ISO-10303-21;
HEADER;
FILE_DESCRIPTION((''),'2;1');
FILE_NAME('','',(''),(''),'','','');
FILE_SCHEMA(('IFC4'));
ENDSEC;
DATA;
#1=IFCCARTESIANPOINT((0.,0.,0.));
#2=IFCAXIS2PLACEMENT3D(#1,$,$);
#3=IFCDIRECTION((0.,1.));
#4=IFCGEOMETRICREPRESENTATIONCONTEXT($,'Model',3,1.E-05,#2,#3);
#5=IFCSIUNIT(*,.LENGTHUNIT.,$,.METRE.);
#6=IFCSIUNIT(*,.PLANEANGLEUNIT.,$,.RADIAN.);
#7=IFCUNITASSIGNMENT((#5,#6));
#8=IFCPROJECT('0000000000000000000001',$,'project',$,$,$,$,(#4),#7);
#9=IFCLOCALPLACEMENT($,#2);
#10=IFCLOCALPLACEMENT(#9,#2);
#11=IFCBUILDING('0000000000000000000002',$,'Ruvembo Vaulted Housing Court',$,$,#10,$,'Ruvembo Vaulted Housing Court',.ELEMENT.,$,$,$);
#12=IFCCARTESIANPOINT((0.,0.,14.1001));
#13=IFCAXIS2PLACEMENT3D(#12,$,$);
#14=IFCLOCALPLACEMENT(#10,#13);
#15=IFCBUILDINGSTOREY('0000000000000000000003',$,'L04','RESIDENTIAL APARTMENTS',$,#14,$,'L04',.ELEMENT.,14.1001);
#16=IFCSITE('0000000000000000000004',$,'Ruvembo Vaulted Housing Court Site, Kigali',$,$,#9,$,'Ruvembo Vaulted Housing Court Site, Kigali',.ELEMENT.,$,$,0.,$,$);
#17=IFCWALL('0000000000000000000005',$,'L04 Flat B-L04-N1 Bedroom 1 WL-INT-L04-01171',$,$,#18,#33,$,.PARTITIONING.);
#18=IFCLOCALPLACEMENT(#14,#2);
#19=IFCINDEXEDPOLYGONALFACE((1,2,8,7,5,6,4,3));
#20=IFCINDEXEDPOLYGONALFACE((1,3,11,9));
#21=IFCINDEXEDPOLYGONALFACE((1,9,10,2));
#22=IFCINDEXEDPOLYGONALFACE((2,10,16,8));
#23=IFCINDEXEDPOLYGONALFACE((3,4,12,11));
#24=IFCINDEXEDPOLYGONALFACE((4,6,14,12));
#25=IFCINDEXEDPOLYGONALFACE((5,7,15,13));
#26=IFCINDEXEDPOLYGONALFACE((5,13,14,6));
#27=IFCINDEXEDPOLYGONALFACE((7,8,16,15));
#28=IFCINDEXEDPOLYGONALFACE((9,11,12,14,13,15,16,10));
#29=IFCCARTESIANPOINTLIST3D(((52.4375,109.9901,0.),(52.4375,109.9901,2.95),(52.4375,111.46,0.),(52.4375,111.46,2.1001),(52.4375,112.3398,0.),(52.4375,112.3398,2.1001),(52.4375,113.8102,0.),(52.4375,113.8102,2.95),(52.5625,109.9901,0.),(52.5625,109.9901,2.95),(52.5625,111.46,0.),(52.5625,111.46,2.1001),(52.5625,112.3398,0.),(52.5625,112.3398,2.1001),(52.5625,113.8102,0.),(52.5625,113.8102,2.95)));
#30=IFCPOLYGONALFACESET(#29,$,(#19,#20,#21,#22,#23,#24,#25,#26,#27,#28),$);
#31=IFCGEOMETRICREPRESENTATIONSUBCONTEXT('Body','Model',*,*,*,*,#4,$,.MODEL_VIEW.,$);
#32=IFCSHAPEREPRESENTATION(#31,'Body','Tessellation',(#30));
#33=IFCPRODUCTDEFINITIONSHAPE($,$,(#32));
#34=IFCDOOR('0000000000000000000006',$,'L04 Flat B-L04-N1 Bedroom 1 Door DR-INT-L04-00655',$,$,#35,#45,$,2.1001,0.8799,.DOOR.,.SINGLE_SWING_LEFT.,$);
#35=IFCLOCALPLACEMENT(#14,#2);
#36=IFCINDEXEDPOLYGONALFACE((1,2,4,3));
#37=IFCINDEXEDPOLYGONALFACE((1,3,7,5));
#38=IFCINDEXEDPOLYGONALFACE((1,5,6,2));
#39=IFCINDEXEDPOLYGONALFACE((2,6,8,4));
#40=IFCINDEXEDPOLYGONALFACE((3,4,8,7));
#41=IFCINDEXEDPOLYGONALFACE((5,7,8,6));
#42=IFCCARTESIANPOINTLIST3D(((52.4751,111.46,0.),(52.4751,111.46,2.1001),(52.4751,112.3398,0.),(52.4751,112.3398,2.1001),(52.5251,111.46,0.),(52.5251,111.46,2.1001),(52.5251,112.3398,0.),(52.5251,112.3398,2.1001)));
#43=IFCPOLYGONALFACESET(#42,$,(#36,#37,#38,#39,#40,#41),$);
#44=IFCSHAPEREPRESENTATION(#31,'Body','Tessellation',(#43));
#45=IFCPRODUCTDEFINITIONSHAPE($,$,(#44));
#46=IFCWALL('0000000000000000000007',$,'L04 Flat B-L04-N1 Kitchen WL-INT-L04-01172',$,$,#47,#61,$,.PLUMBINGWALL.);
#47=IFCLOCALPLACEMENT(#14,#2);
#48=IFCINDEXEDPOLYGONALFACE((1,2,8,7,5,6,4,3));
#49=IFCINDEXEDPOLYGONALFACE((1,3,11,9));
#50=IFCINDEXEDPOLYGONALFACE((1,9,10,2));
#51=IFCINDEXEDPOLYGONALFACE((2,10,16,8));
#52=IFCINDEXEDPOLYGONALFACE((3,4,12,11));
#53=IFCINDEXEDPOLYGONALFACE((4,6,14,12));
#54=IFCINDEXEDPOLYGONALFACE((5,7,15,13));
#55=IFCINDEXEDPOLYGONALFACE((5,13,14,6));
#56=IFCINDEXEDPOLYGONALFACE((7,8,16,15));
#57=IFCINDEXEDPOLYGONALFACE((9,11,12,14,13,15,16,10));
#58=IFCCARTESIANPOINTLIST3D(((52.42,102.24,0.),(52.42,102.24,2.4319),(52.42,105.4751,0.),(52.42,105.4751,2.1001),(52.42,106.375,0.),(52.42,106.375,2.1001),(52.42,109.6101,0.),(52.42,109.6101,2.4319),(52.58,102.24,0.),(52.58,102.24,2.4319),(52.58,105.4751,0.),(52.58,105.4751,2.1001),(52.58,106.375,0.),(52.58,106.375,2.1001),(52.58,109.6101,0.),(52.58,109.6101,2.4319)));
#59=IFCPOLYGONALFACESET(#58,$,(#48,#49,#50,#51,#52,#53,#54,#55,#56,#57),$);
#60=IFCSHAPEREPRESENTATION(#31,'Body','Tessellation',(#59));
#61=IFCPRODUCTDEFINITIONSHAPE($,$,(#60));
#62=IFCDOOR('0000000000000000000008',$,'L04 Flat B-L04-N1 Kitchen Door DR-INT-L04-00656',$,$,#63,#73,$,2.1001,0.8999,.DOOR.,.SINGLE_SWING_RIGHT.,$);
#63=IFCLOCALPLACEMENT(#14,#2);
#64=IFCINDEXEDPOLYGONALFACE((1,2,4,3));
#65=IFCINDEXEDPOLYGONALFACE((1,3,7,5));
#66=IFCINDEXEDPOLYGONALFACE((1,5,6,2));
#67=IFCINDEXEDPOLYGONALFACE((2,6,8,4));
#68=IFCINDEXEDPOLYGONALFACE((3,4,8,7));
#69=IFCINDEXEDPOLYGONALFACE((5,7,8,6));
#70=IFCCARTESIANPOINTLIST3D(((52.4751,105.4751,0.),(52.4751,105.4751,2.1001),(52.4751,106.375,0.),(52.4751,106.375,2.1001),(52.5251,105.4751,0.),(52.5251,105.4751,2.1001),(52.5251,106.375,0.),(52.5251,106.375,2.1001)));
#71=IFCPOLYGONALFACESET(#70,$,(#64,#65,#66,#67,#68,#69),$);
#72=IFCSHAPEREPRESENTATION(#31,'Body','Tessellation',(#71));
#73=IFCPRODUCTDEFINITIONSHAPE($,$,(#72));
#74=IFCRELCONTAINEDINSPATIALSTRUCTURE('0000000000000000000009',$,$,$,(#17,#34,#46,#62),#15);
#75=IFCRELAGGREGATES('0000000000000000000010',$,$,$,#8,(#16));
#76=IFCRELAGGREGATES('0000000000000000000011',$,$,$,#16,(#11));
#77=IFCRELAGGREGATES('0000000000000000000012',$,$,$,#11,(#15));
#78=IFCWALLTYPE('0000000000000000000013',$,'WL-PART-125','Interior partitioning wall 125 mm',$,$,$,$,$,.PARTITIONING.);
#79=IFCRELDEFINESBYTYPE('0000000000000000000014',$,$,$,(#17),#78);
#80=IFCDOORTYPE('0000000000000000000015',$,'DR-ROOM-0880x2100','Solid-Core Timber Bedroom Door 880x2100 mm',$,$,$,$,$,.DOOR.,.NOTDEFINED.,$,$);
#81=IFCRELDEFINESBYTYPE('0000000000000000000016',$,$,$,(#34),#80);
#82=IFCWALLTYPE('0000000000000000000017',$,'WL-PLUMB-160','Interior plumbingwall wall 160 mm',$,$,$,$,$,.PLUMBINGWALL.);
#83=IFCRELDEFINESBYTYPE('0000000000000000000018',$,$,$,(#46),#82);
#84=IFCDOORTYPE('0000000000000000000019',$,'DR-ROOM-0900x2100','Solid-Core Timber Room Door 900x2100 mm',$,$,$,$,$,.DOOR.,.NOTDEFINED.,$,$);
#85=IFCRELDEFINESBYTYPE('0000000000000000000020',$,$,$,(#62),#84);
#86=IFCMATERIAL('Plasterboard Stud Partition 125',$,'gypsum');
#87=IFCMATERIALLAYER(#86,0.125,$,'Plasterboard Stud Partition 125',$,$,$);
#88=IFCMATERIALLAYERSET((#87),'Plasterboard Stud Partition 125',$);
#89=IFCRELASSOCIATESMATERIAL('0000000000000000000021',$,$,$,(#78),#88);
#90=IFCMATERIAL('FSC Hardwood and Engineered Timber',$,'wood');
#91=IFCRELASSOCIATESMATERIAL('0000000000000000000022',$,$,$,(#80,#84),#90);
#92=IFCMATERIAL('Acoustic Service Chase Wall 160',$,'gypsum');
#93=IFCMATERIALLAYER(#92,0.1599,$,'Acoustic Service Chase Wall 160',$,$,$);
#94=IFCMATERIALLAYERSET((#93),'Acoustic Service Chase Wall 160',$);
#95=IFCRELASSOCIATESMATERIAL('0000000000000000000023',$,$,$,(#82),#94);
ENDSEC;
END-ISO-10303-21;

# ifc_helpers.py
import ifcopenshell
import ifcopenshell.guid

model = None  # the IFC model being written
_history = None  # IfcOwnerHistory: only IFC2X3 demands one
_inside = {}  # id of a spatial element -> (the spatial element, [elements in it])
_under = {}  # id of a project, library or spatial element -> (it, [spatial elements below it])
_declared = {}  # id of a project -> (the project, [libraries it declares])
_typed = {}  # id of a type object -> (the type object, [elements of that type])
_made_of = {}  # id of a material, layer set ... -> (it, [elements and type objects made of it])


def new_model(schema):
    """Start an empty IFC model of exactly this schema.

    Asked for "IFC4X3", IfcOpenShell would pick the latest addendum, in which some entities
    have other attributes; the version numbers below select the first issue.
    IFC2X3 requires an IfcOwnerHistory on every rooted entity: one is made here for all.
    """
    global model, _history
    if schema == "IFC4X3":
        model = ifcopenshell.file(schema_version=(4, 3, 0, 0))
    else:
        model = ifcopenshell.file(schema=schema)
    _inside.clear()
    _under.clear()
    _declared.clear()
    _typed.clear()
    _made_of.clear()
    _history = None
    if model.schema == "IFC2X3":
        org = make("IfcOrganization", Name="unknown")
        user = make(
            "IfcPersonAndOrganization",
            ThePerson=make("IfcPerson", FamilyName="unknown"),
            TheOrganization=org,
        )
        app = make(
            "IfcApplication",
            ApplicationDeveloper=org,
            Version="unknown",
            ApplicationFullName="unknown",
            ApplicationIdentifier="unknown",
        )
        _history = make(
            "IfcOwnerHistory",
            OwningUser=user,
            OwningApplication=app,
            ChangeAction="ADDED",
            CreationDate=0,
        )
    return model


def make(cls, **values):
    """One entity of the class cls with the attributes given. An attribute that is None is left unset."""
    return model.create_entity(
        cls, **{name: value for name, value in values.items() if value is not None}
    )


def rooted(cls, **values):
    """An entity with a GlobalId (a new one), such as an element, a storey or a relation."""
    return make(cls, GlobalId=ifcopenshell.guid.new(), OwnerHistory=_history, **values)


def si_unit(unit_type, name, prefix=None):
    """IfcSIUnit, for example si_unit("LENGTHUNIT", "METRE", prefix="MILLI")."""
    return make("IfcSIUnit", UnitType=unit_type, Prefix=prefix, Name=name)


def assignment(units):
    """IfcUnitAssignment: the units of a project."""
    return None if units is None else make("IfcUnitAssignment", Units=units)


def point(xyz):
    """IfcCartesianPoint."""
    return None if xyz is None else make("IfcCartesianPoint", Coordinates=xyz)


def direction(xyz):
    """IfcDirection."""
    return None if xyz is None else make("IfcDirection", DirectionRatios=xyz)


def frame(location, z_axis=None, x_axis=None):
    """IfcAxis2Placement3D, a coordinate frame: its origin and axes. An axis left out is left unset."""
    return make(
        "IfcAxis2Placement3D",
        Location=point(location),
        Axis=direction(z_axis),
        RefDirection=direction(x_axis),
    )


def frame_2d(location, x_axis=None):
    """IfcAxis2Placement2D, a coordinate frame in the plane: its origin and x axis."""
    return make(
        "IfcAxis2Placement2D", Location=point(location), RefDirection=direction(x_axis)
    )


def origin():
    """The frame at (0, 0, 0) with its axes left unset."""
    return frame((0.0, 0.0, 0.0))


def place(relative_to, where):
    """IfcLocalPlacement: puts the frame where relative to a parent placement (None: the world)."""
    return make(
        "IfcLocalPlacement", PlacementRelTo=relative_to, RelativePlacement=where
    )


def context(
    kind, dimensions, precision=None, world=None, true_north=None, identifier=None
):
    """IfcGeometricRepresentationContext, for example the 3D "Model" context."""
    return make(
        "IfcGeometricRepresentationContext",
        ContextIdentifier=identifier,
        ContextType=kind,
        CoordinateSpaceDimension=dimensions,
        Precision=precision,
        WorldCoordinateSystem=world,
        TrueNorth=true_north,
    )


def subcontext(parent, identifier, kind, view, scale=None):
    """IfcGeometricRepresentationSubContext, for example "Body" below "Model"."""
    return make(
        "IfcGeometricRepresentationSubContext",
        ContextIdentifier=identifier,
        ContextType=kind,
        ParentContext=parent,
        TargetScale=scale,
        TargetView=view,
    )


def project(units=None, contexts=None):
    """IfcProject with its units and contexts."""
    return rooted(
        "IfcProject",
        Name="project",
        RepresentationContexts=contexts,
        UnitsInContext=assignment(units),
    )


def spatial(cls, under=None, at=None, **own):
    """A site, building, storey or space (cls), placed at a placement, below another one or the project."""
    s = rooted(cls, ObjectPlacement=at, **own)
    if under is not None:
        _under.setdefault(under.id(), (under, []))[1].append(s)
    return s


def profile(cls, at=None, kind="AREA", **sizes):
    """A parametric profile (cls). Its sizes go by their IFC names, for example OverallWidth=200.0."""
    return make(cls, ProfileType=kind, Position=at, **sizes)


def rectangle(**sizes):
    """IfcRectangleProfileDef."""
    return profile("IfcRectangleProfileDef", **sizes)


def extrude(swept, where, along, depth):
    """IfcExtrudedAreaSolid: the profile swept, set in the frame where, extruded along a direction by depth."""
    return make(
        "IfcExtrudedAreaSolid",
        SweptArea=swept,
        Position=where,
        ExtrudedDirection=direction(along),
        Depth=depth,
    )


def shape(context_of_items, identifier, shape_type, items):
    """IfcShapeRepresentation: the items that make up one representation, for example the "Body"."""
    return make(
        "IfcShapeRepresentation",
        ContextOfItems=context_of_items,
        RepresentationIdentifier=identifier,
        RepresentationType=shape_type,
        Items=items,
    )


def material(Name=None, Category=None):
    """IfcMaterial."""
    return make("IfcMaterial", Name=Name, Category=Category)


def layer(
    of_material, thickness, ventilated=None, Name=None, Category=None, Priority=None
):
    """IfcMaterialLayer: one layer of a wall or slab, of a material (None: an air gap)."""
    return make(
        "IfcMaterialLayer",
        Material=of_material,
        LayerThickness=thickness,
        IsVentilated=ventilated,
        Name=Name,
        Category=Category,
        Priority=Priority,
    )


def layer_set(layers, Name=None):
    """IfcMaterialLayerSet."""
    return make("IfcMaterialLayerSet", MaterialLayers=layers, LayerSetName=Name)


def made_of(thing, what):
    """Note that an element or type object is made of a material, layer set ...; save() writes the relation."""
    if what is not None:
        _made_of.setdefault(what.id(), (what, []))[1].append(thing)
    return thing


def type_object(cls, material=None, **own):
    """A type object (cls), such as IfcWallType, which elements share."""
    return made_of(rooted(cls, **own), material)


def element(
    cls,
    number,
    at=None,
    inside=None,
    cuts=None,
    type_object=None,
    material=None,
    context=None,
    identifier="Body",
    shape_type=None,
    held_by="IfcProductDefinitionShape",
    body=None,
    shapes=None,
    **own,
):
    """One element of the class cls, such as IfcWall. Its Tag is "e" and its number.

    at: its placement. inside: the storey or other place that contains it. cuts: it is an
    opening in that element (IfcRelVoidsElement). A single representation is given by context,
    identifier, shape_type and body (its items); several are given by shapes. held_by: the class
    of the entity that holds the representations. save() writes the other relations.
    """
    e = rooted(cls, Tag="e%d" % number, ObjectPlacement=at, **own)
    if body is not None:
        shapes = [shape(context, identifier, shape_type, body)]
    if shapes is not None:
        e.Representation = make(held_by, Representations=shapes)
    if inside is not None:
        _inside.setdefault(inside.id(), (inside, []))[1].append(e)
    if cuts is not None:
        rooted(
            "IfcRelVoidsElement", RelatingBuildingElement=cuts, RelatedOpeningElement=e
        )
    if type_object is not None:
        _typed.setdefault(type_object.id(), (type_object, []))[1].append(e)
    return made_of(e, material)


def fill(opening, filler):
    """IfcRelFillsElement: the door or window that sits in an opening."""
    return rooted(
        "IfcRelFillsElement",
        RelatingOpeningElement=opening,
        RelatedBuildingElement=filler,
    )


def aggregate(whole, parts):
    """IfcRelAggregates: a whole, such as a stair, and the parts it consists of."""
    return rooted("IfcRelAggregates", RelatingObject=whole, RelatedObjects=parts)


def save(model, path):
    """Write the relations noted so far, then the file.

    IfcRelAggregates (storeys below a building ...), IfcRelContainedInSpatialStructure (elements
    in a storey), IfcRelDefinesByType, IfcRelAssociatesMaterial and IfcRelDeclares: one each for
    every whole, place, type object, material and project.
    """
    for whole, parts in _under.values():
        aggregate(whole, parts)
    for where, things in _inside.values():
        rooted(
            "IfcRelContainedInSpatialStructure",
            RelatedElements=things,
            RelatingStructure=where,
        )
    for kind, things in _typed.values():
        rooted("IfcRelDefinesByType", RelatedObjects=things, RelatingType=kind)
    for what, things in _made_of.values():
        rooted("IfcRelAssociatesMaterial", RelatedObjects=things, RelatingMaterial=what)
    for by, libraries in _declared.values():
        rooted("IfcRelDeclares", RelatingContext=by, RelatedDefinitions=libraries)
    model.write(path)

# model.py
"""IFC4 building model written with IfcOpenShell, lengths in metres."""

from ifc_helpers import new_model, si_unit, direction, frame, frame_2d, origin, place, context, subcontext, project, spatial, rectangle, extrude, material, layer, layer_set, type_object, element, fill, save


model = new_model("IFC4")

# Units and contexts
model_context = context("Model", 3, precision=1e-05, world=origin(), true_north=direction((0.0, 1.0)))
body_context = subcontext(model_context, "Body", "Model", "MODEL_VIEW")
ifc_project = project(units=[si_unit("LENGTHUNIT", "METRE"), si_unit("PLANEANGLEUNIT", "RADIAN")], contexts=[model_context])

# Site, building, storey
site_placement = place(None, origin())
site = spatial("IfcSite", under=ifc_project, at=site_placement, Name="Ruvembo Vaulted Housing Court Site, Kigali", LongName="Ruvembo Vaulted Housing Court Site, Kigali", CompositionType="ELEMENT", RefElevation=0.0)
building_placement = place(site_placement, origin())
building = spatial("IfcBuilding", under=site, at=building_placement, Name="Ruvembo Vaulted Housing Court", LongName="Ruvembo Vaulted Housing Court", CompositionType="ELEMENT")
storey_placement = place(building_placement, frame((0.0, 0.0, 14.1001)))
storey = spatial("IfcBuildingStorey", under=building, at=storey_placement, Name="L04", Description="RESIDENTIAL APARTMENTS", LongName="L04", CompositionType="ELEMENT", Elevation=14.1001)

# Walls, openings, doors
ifc_material_1 = material(Name="Plasterboard Stud Partition 125", Category="gypsum")
ifc_layer_1 = layer(ifc_material_1, 0.125, Name="Plasterboard Stud Partition 125")
ifc_layer_set_1 = layer_set([ifc_layer_1], Name="Plasterboard Stud Partition 125")
wall_type_1 = type_object("IfcWallType", Name="WL-PART-125", Description="Interior partitioning wall 125 mm", PredefinedType="PARTITIONING", material=ifc_layer_set_1)
wall_1_placement = place(storey_placement, frame((52.5, 109.99, 0.0), z_axis=(0.0, 0.0, 1.0), x_axis=(0.0, 1.0, 0.0)))
wall_1 = element("IfcWall", 1, at=wall_1_placement, inside=storey, type_object=wall_type_1, Name="L04 Flat B-L04-N1 Bedroom 1 WL-INT-L04-01171", PredefinedType="PARTITIONING", context=body_context, shape_type="SweptSolid", body=[
    extrude(rectangle(XDim=3.8201, YDim=0.125, at=frame_2d((1.9102, 0.0))), origin(), (0.0, 0.0, 1.0), 2.95),
])
opening_1_placement = place(wall_1_placement, frame((1.47, 0.0, 0.0)))
opening_1 = element("IfcOpeningElement", 2, at=opening_1_placement, cuts=wall_1, PredefinedType="OPENING", context=body_context, shape_type="SweptSolid", body=[
    extrude(rectangle(XDim=0.8799, YDim=2.1001, at=frame_2d((0.4399, 1.05))), frame((0.0, 0.0725, 0.0), z_axis=(0.0, -1.0, 0.0), x_axis=(1.0, 0.0, 0.0)), (0.0, 0.0, 1.0), 0.145),
])
ifc_material_2 = material(Name="FSC Hardwood and Engineered Timber", Category="wood")
door_type_1 = type_object("IfcDoorType", Name="DR-ROOM-0880x2100", Description="Solid-Core Timber Bedroom Door 880x2100 mm", OperationType="NOTDEFINED", PredefinedType="DOOR", material=ifc_material_2)
door_1_placement = place(opening_1_placement, origin())
door_1 = element("IfcDoor", 3, at=door_1_placement, inside=storey, type_object=door_type_1, Name="L04 Flat B-L04-N1 Bedroom 1 Door DR-INT-L04-00655", OperationType="SINGLE_SWING_LEFT", OverallHeight=2.1001, OverallWidth=0.8799, PredefinedType="DOOR", context=body_context, shape_type="SweptSolid", body=[
    extrude(rectangle(XDim=0.8799, YDim=2.1001, at=frame_2d((0.4399, 1.05))), frame((0.0, 0.0249, 0.0), z_axis=(0.0, -1.0, 0.0), x_axis=(1.0, 0.0, 0.0)), (0.0, 0.0, 1.0), 0.05),
])
fill(opening_1, door_1)
ifc_material_3 = material(Name="Acoustic Service Chase Wall 160", Category="gypsum")
ifc_layer_2 = layer(ifc_material_3, 0.1599, Name="Acoustic Service Chase Wall 160")
ifc_layer_set_2 = layer_set([ifc_layer_2], Name="Acoustic Service Chase Wall 160")
wall_type_2 = type_object("IfcWallType", Name="WL-PLUMB-160", Description="Interior plumbingwall wall 160 mm", PredefinedType="PLUMBINGWALL", material=ifc_layer_set_2)
wall_2_placement = place(storey_placement, frame((52.5, 102.24, 0.0), z_axis=(0.0, 0.0, 1.0), x_axis=(0.0, 1.0, 0.0)))
wall_2 = element("IfcWall", 4, at=wall_2_placement, inside=storey, type_object=wall_type_2, Name="L04 Flat B-L04-N1 Kitchen WL-INT-L04-01172", PredefinedType="PLUMBINGWALL", context=body_context, shape_type="SweptSolid", body=[
    extrude(rectangle(XDim=7.3701, YDim=0.1599, at=frame_2d((3.6851, 0.0))), origin(), (0.0, 0.0, 1.0), 2.4319),
])
opening_2_placement = place(wall_2_placement, frame((3.2351, 0.0, 0.0)))
opening_2 = element("IfcOpeningElement", 5, at=opening_2_placement, cuts=wall_2, PredefinedType="OPENING", context=body_context, shape_type="SweptSolid", body=[
    extrude(rectangle(XDim=0.8999, YDim=2.1001, at=frame_2d((0.45, 1.05))), frame((0.0, 0.0898, 0.0), z_axis=(0.0, -1.0, 0.0), x_axis=(1.0, 0.0, 0.0)), (0.0, 0.0, 1.0), 0.1799),
])
door_type_2 = type_object("IfcDoorType", Name="DR-ROOM-0900x2100", Description="Solid-Core Timber Room Door 900x2100 mm", OperationType="NOTDEFINED", PredefinedType="DOOR", material=ifc_material_2)
door_2_placement = place(opening_2_placement, origin())
door_2 = element("IfcDoor", 6, at=door_2_placement, inside=storey, type_object=door_type_2, Name="L04 Flat B-L04-N1 Kitchen Door DR-INT-L04-00656", OperationType="SINGLE_SWING_RIGHT", OverallHeight=2.1001, OverallWidth=0.8999, PredefinedType="DOOR", context=body_context, shape_type="SweptSolid", body=[
    extrude(rectangle(XDim=0.8999, YDim=2.1001, at=frame_2d((0.45, 1.05))), frame((0.0, 0.0249, 0.0), z_axis=(0.0, -1.0, 0.0), x_axis=(1.0, 0.0, 0.0)), (0.0, 0.0, 1.0), 0.05),
])
fill(opening_2, door_2)

save(model, "model.ifc")
